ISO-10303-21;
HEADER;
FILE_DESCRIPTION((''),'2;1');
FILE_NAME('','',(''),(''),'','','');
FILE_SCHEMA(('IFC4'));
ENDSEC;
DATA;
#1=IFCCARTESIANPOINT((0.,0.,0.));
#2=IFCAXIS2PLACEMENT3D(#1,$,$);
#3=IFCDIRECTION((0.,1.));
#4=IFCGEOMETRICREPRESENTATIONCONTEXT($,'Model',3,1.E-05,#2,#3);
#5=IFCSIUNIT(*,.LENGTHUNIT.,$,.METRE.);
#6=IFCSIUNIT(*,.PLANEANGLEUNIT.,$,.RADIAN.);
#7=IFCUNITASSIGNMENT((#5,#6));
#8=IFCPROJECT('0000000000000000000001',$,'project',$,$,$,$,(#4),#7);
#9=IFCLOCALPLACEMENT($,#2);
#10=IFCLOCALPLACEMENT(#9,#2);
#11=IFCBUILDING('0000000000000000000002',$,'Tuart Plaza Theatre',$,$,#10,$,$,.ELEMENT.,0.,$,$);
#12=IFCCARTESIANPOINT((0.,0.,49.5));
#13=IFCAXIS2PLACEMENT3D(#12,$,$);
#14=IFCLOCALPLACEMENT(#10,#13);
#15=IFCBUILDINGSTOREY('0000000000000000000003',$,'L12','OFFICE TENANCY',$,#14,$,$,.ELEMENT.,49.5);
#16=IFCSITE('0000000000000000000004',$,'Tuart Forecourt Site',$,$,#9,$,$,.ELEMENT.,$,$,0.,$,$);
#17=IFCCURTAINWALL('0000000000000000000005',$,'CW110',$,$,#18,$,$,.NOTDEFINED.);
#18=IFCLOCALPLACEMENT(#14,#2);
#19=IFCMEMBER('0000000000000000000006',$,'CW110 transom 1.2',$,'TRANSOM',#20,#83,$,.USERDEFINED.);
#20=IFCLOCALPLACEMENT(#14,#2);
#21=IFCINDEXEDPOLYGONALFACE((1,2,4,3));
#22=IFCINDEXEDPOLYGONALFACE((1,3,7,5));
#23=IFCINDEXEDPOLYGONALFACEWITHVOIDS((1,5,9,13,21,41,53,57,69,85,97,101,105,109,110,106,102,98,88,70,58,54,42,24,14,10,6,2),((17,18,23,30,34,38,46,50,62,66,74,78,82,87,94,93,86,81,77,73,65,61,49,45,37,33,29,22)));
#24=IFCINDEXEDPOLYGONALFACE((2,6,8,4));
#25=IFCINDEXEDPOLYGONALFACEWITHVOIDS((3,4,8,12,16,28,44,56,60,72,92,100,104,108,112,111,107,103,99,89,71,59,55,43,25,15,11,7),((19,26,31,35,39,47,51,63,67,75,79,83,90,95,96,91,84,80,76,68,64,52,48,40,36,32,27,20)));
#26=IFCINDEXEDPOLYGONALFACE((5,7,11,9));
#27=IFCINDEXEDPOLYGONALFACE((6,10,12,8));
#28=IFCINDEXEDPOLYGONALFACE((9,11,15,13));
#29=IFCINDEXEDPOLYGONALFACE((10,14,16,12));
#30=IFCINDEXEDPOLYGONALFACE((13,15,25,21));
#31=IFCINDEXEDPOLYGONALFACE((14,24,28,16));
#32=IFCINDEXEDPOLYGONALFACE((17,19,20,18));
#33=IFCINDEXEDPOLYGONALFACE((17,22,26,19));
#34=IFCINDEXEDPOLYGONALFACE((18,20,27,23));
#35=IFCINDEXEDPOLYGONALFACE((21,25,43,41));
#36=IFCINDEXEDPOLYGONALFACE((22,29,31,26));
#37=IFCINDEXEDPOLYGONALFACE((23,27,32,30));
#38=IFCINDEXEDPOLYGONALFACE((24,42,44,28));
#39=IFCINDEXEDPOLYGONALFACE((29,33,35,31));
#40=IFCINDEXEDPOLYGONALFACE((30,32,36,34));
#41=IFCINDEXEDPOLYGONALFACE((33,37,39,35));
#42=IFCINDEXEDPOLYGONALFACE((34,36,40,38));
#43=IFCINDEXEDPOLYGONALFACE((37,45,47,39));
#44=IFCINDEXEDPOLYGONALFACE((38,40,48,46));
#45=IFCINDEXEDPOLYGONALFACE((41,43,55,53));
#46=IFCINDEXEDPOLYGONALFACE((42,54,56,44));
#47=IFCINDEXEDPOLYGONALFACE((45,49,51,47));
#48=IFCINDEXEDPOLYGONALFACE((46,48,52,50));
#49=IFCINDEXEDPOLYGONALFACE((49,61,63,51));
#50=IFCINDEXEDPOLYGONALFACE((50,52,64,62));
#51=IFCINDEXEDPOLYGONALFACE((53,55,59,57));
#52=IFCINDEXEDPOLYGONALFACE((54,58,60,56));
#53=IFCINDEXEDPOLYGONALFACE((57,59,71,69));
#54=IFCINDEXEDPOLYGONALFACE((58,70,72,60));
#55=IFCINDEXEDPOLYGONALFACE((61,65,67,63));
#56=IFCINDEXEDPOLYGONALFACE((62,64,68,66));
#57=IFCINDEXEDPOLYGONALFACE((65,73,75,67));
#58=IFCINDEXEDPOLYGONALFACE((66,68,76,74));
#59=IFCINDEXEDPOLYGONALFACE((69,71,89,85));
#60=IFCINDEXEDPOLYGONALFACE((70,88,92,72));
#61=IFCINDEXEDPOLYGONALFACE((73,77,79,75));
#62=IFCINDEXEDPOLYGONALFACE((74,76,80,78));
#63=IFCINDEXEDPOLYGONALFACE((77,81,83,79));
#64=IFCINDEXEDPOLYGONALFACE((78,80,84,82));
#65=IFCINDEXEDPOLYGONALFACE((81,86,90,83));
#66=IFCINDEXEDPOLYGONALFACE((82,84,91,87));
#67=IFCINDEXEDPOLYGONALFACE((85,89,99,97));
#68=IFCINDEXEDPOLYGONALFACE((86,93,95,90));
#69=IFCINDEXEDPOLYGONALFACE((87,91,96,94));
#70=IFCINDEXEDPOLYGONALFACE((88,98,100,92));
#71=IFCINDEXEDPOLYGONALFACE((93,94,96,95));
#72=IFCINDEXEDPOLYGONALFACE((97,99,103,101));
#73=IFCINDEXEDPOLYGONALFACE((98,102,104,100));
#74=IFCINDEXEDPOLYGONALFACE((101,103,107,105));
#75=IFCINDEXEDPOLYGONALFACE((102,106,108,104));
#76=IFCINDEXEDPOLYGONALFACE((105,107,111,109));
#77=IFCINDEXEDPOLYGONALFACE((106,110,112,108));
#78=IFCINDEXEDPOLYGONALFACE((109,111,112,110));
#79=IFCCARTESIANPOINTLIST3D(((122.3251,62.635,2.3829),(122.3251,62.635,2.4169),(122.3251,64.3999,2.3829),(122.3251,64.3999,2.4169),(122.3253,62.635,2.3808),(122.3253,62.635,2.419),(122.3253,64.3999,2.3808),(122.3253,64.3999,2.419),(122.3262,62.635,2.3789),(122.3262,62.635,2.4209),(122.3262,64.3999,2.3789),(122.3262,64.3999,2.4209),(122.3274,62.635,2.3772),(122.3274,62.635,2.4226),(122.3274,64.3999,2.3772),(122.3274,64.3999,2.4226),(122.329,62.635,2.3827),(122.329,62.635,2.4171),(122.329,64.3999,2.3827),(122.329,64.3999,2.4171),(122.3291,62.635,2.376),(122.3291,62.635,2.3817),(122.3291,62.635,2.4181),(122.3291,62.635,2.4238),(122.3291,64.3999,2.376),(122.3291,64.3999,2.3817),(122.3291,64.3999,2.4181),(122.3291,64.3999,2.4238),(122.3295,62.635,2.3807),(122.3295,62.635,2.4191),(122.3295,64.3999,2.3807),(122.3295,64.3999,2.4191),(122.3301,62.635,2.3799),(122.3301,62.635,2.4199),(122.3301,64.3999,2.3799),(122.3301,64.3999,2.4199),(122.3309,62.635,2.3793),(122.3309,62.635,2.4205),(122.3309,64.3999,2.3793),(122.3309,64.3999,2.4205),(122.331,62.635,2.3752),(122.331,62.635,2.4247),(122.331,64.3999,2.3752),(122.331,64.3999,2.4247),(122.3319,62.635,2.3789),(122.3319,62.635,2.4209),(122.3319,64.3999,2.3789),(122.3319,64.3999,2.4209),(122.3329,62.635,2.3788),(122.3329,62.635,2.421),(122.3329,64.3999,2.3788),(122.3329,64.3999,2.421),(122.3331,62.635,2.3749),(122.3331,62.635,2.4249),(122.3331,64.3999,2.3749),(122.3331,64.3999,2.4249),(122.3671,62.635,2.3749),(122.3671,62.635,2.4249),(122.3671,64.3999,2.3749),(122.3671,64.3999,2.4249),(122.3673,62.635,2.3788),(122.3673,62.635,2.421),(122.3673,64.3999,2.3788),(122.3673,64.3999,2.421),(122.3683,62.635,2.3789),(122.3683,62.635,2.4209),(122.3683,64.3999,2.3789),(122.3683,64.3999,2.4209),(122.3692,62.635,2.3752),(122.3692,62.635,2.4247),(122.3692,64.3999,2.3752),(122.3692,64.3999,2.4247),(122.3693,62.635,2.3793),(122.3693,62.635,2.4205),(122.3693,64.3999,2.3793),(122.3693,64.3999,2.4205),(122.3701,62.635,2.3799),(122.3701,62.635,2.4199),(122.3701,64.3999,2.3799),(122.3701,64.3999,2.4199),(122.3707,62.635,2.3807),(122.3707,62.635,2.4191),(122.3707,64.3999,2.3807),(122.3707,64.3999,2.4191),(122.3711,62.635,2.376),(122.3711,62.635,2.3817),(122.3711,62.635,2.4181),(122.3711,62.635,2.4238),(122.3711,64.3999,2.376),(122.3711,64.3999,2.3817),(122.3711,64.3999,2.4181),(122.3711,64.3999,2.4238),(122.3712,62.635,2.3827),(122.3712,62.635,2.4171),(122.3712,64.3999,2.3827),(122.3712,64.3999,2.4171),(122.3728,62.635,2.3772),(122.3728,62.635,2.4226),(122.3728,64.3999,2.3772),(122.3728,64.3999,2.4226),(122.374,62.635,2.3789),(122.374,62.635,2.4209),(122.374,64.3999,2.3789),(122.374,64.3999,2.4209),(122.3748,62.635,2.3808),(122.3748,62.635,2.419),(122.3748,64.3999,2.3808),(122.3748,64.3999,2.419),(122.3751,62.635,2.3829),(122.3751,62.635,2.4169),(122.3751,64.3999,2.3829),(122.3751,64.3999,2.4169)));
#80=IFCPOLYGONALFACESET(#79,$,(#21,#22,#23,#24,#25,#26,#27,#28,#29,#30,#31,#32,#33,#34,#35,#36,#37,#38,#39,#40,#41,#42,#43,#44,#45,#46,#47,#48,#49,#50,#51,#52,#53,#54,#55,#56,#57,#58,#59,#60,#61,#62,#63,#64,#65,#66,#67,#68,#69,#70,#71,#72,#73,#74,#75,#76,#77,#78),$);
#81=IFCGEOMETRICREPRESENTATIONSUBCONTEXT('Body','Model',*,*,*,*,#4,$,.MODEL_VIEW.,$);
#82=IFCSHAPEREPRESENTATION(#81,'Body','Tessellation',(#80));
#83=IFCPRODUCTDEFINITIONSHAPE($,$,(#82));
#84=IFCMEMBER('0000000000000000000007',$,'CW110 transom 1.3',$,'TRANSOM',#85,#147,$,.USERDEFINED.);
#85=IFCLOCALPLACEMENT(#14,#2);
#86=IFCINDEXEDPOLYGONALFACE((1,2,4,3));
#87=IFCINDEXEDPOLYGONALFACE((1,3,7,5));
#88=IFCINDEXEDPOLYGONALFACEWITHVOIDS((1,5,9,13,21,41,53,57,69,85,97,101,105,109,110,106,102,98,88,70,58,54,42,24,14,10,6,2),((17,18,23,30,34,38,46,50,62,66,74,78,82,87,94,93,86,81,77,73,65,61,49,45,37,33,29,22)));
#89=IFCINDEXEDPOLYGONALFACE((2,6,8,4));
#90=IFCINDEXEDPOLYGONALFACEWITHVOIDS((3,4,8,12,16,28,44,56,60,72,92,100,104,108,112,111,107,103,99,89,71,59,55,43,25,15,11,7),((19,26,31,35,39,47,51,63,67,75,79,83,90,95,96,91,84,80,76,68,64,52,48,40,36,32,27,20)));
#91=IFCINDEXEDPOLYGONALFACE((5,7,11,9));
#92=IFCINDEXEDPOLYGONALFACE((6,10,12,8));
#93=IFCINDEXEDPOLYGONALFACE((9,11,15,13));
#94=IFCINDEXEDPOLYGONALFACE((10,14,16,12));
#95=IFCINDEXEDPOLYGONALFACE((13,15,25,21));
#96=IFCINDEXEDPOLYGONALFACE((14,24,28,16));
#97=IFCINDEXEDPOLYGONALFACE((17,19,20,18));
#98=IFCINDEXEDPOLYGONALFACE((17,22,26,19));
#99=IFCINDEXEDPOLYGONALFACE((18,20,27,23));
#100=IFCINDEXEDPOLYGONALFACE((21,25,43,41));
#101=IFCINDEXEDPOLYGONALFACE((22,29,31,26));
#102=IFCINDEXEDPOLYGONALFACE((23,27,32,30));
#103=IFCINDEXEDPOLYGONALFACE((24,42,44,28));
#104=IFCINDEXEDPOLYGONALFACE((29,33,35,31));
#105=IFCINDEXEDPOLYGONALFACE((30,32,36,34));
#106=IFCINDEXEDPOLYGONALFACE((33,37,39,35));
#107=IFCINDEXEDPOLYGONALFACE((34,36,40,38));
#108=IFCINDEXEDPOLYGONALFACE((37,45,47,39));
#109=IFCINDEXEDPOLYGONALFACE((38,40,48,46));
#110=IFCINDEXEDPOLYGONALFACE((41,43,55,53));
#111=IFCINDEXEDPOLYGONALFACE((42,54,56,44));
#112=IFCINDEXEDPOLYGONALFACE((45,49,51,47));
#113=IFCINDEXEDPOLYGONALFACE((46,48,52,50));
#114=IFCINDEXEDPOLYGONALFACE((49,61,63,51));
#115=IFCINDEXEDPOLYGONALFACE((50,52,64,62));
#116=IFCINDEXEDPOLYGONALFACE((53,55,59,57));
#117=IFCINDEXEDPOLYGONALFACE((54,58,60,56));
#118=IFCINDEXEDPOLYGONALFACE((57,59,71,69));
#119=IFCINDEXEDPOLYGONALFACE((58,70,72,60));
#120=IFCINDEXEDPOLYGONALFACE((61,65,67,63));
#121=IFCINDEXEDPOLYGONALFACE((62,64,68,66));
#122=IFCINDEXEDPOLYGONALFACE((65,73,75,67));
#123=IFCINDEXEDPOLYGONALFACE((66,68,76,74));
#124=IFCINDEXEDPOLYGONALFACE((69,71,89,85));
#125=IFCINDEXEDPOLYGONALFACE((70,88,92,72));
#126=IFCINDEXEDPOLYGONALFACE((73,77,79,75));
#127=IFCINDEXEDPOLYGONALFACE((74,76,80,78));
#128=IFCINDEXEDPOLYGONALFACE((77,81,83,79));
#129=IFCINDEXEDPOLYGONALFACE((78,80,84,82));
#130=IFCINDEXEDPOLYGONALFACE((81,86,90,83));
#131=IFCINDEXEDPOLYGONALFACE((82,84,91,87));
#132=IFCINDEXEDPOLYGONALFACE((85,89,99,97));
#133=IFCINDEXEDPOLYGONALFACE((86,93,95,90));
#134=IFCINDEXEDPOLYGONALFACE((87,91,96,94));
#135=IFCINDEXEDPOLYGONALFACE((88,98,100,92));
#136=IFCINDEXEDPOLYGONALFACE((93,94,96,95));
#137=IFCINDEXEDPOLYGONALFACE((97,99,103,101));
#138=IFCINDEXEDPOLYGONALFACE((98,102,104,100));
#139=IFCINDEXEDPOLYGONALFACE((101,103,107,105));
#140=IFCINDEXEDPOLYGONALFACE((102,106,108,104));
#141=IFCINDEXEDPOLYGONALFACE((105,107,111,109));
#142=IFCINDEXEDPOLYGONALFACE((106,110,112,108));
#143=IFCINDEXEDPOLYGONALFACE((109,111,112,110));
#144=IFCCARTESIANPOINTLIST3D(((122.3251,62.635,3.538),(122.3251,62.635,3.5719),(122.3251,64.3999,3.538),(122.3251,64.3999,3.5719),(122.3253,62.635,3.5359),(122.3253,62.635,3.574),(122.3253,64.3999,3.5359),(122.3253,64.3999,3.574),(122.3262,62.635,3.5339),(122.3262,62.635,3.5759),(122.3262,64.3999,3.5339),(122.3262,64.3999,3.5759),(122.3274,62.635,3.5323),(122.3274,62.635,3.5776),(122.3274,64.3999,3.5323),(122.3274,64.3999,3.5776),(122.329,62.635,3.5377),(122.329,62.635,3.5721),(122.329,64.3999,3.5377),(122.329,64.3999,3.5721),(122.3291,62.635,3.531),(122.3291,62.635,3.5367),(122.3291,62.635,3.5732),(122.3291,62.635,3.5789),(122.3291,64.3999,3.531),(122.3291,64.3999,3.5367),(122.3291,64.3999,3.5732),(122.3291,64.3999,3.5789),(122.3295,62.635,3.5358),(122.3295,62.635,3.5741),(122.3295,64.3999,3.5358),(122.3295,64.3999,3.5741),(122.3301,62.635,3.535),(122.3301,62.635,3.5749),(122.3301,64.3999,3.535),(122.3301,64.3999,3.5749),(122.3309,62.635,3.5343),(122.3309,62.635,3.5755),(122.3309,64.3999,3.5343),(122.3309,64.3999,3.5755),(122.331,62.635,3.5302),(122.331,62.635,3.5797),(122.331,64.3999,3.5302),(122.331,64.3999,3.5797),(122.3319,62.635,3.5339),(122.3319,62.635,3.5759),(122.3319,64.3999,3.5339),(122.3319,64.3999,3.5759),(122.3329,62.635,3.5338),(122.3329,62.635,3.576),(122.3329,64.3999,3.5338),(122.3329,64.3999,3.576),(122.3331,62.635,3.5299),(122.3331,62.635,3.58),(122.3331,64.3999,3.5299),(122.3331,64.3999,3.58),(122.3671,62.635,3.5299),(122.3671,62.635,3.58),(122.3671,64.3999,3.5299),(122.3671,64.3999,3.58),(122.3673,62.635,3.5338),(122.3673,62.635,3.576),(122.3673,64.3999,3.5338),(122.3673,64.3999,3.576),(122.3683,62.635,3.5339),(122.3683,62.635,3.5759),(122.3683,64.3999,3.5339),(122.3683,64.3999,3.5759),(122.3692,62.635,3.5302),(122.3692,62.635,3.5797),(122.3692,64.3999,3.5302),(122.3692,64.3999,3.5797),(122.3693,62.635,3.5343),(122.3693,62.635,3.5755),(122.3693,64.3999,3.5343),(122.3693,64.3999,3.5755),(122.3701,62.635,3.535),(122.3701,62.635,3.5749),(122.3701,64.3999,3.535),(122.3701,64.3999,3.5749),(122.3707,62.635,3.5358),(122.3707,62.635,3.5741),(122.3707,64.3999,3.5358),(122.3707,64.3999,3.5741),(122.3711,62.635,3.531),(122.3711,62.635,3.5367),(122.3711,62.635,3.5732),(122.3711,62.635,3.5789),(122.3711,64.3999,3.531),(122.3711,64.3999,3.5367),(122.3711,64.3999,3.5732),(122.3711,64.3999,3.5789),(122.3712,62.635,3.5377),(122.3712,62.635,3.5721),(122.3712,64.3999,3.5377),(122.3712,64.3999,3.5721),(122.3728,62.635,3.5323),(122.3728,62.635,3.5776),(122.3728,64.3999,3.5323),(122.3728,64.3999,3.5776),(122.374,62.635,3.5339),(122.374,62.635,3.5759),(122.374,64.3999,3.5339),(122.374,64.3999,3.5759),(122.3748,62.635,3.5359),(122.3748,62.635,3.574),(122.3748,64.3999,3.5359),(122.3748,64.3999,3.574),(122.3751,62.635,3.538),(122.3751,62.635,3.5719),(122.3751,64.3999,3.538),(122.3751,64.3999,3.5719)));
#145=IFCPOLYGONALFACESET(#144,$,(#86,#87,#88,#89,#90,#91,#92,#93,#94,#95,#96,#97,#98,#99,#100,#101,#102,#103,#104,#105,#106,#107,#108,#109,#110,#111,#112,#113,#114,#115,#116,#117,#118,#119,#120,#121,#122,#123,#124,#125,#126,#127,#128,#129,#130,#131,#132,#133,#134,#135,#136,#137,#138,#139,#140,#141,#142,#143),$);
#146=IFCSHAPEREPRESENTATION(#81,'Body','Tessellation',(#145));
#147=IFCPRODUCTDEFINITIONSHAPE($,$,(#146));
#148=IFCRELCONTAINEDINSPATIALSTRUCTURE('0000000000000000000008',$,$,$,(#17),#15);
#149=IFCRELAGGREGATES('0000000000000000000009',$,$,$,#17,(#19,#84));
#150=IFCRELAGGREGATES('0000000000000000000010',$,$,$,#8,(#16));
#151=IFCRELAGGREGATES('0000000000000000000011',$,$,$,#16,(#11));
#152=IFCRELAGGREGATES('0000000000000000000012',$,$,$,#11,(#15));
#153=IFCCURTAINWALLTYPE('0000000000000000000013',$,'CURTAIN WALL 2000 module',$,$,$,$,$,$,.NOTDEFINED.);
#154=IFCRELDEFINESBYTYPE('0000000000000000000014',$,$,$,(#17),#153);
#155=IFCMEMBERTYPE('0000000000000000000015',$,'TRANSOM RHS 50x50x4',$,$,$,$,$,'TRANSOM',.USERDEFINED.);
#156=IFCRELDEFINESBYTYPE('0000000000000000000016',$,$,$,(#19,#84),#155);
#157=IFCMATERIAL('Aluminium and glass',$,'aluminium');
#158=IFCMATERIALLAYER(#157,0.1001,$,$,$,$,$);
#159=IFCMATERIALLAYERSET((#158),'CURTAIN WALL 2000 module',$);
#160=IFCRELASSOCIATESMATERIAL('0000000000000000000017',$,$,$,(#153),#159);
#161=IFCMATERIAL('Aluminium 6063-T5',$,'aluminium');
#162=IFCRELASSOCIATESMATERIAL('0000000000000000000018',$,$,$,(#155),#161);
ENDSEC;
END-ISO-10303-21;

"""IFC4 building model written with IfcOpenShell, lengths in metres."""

from ifc_helpers import new_model, si_unit, direction, frame, origin, origin_2d, place, context, subcontext, project, spatial, hollow_rectangle, extrude, material, layer, layer_set, material_profile, profile_set, type_object, element, aggregate, save


model = new_model("IFC4")

# Units and contexts
model_context = context("Model", 3, precision=1e-05, world=origin(), true_north=direction((0.0, 1.0)))
body_context = subcontext(model_context, "Body", "Model", "MODEL_VIEW")
ifc_project = project(units=[si_unit("LENGTHUNIT", "METRE"), si_unit("PLANEANGLEUNIT", "RADIAN")], contexts=[model_context])

# Site, building, storey
site_placement = place(None, origin())
site = spatial("IfcSite", under=ifc_project, at=site_placement, Name="Tuart Forecourt Site", CompositionType="ELEMENT", RefElevation=0.0)
building_placement = place(site_placement, origin())
building = spatial("IfcBuilding", under=site, at=building_placement, Name="Tuart Plaza Theatre", CompositionType="ELEMENT", ElevationOfRefHeight=0.0)
storey_placement = place(building_placement, frame((0.0, 0.0, 49.5)))
storey = spatial("IfcBuildingStorey", under=building, at=storey_placement, Name="L12", Description="OFFICE TENANCY", CompositionType="ELEMENT", Elevation=49.5)

# Curtain wall
ifc_material_1 = material(Name="Aluminium and glass", Category="aluminium")
ifc_layer_1 = layer(ifc_material_1, 0.1001)
ifc_layer_set_1 = layer_set([ifc_layer_1], Name="CURTAIN WALL 2000 module")
curtain_wall_type = type_object("IfcCurtainWallType", Name="CURTAIN WALL 2000 module", PredefinedType="NOTDEFINED", material=ifc_layer_set_1)
curtain_wall_1_placement = place(storey_placement, origin())
curtain_wall_1 = element("IfcCurtainWall", 1, at=curtain_wall_1_placement, inside=storey, type_object=curtain_wall_type, Name="CW110", PredefinedType="NOTDEFINED")

# Members
ifc_material_2 = material(Name="Aluminium 6063-T5", Category="aluminium")
ifc_material_profile_1 = material_profile(ifc_material_2, hollow_rectangle(XDim=0.05, YDim=0.05, WallThickness=0.0039, InnerFilletRadius=0.0039, OuterFilletRadius=0.0081, at=origin_2d()), Name="RHS 50x50x4")
ifc_profile_set_1 = profile_set([ifc_material_profile_1], Name="Aluminium 6063-T5")
member_type_1 = type_object("IfcMemberType", Name="TRANSOM RHS 50x50x4", ElementType="TRANSOM", PredefinedType="USERDEFINED", material=ifc_profile_set_1)
member_1_placement = place(storey_placement, frame((122.3501, 64.3999, 2.3999), z_axis=(0.0, -1.0, 0.0), x_axis=(1.0, 0.0, 0.0)))
member_1 = element("IfcMember", 2, at=member_1_placement, type_object=member_type_1, Name="CW110 transom 1.2", ObjectType="TRANSOM", PredefinedType="USERDEFINED", context=body_context, shape_type="SweptSolid", body=[
    extrude(hollow_rectangle(XDim=0.05, YDim=0.05, WallThickness=0.0039, InnerFilletRadius=0.0039, OuterFilletRadius=0.0081, at=origin_2d()), origin(), (0.0, 0.0, 1.0), 1.7649),
])
member_2_placement = place(storey_placement, frame((122.3501, 64.3999, 3.5549), z_axis=(0.0, -1.0, 0.0), x_axis=(1.0, 0.0, 0.0)))
member_2 = element("IfcMember", 3, at=member_2_placement, type_object=member_type_1, Name="CW110 transom 1.3", ObjectType="TRANSOM", PredefinedType="USERDEFINED", context=body_context, shape_type="SweptSolid", body=[
    extrude(hollow_rectangle(XDim=0.05, YDim=0.05, WallThickness=0.0039, InnerFilletRadius=0.0039, OuterFilletRadius=0.0081, at=origin_2d()), origin(), (0.0, 0.0, 1.0), 1.7649),
])

aggregate(curtain_wall_1, [member_1, member_2])

save(model, "model.ifc")
